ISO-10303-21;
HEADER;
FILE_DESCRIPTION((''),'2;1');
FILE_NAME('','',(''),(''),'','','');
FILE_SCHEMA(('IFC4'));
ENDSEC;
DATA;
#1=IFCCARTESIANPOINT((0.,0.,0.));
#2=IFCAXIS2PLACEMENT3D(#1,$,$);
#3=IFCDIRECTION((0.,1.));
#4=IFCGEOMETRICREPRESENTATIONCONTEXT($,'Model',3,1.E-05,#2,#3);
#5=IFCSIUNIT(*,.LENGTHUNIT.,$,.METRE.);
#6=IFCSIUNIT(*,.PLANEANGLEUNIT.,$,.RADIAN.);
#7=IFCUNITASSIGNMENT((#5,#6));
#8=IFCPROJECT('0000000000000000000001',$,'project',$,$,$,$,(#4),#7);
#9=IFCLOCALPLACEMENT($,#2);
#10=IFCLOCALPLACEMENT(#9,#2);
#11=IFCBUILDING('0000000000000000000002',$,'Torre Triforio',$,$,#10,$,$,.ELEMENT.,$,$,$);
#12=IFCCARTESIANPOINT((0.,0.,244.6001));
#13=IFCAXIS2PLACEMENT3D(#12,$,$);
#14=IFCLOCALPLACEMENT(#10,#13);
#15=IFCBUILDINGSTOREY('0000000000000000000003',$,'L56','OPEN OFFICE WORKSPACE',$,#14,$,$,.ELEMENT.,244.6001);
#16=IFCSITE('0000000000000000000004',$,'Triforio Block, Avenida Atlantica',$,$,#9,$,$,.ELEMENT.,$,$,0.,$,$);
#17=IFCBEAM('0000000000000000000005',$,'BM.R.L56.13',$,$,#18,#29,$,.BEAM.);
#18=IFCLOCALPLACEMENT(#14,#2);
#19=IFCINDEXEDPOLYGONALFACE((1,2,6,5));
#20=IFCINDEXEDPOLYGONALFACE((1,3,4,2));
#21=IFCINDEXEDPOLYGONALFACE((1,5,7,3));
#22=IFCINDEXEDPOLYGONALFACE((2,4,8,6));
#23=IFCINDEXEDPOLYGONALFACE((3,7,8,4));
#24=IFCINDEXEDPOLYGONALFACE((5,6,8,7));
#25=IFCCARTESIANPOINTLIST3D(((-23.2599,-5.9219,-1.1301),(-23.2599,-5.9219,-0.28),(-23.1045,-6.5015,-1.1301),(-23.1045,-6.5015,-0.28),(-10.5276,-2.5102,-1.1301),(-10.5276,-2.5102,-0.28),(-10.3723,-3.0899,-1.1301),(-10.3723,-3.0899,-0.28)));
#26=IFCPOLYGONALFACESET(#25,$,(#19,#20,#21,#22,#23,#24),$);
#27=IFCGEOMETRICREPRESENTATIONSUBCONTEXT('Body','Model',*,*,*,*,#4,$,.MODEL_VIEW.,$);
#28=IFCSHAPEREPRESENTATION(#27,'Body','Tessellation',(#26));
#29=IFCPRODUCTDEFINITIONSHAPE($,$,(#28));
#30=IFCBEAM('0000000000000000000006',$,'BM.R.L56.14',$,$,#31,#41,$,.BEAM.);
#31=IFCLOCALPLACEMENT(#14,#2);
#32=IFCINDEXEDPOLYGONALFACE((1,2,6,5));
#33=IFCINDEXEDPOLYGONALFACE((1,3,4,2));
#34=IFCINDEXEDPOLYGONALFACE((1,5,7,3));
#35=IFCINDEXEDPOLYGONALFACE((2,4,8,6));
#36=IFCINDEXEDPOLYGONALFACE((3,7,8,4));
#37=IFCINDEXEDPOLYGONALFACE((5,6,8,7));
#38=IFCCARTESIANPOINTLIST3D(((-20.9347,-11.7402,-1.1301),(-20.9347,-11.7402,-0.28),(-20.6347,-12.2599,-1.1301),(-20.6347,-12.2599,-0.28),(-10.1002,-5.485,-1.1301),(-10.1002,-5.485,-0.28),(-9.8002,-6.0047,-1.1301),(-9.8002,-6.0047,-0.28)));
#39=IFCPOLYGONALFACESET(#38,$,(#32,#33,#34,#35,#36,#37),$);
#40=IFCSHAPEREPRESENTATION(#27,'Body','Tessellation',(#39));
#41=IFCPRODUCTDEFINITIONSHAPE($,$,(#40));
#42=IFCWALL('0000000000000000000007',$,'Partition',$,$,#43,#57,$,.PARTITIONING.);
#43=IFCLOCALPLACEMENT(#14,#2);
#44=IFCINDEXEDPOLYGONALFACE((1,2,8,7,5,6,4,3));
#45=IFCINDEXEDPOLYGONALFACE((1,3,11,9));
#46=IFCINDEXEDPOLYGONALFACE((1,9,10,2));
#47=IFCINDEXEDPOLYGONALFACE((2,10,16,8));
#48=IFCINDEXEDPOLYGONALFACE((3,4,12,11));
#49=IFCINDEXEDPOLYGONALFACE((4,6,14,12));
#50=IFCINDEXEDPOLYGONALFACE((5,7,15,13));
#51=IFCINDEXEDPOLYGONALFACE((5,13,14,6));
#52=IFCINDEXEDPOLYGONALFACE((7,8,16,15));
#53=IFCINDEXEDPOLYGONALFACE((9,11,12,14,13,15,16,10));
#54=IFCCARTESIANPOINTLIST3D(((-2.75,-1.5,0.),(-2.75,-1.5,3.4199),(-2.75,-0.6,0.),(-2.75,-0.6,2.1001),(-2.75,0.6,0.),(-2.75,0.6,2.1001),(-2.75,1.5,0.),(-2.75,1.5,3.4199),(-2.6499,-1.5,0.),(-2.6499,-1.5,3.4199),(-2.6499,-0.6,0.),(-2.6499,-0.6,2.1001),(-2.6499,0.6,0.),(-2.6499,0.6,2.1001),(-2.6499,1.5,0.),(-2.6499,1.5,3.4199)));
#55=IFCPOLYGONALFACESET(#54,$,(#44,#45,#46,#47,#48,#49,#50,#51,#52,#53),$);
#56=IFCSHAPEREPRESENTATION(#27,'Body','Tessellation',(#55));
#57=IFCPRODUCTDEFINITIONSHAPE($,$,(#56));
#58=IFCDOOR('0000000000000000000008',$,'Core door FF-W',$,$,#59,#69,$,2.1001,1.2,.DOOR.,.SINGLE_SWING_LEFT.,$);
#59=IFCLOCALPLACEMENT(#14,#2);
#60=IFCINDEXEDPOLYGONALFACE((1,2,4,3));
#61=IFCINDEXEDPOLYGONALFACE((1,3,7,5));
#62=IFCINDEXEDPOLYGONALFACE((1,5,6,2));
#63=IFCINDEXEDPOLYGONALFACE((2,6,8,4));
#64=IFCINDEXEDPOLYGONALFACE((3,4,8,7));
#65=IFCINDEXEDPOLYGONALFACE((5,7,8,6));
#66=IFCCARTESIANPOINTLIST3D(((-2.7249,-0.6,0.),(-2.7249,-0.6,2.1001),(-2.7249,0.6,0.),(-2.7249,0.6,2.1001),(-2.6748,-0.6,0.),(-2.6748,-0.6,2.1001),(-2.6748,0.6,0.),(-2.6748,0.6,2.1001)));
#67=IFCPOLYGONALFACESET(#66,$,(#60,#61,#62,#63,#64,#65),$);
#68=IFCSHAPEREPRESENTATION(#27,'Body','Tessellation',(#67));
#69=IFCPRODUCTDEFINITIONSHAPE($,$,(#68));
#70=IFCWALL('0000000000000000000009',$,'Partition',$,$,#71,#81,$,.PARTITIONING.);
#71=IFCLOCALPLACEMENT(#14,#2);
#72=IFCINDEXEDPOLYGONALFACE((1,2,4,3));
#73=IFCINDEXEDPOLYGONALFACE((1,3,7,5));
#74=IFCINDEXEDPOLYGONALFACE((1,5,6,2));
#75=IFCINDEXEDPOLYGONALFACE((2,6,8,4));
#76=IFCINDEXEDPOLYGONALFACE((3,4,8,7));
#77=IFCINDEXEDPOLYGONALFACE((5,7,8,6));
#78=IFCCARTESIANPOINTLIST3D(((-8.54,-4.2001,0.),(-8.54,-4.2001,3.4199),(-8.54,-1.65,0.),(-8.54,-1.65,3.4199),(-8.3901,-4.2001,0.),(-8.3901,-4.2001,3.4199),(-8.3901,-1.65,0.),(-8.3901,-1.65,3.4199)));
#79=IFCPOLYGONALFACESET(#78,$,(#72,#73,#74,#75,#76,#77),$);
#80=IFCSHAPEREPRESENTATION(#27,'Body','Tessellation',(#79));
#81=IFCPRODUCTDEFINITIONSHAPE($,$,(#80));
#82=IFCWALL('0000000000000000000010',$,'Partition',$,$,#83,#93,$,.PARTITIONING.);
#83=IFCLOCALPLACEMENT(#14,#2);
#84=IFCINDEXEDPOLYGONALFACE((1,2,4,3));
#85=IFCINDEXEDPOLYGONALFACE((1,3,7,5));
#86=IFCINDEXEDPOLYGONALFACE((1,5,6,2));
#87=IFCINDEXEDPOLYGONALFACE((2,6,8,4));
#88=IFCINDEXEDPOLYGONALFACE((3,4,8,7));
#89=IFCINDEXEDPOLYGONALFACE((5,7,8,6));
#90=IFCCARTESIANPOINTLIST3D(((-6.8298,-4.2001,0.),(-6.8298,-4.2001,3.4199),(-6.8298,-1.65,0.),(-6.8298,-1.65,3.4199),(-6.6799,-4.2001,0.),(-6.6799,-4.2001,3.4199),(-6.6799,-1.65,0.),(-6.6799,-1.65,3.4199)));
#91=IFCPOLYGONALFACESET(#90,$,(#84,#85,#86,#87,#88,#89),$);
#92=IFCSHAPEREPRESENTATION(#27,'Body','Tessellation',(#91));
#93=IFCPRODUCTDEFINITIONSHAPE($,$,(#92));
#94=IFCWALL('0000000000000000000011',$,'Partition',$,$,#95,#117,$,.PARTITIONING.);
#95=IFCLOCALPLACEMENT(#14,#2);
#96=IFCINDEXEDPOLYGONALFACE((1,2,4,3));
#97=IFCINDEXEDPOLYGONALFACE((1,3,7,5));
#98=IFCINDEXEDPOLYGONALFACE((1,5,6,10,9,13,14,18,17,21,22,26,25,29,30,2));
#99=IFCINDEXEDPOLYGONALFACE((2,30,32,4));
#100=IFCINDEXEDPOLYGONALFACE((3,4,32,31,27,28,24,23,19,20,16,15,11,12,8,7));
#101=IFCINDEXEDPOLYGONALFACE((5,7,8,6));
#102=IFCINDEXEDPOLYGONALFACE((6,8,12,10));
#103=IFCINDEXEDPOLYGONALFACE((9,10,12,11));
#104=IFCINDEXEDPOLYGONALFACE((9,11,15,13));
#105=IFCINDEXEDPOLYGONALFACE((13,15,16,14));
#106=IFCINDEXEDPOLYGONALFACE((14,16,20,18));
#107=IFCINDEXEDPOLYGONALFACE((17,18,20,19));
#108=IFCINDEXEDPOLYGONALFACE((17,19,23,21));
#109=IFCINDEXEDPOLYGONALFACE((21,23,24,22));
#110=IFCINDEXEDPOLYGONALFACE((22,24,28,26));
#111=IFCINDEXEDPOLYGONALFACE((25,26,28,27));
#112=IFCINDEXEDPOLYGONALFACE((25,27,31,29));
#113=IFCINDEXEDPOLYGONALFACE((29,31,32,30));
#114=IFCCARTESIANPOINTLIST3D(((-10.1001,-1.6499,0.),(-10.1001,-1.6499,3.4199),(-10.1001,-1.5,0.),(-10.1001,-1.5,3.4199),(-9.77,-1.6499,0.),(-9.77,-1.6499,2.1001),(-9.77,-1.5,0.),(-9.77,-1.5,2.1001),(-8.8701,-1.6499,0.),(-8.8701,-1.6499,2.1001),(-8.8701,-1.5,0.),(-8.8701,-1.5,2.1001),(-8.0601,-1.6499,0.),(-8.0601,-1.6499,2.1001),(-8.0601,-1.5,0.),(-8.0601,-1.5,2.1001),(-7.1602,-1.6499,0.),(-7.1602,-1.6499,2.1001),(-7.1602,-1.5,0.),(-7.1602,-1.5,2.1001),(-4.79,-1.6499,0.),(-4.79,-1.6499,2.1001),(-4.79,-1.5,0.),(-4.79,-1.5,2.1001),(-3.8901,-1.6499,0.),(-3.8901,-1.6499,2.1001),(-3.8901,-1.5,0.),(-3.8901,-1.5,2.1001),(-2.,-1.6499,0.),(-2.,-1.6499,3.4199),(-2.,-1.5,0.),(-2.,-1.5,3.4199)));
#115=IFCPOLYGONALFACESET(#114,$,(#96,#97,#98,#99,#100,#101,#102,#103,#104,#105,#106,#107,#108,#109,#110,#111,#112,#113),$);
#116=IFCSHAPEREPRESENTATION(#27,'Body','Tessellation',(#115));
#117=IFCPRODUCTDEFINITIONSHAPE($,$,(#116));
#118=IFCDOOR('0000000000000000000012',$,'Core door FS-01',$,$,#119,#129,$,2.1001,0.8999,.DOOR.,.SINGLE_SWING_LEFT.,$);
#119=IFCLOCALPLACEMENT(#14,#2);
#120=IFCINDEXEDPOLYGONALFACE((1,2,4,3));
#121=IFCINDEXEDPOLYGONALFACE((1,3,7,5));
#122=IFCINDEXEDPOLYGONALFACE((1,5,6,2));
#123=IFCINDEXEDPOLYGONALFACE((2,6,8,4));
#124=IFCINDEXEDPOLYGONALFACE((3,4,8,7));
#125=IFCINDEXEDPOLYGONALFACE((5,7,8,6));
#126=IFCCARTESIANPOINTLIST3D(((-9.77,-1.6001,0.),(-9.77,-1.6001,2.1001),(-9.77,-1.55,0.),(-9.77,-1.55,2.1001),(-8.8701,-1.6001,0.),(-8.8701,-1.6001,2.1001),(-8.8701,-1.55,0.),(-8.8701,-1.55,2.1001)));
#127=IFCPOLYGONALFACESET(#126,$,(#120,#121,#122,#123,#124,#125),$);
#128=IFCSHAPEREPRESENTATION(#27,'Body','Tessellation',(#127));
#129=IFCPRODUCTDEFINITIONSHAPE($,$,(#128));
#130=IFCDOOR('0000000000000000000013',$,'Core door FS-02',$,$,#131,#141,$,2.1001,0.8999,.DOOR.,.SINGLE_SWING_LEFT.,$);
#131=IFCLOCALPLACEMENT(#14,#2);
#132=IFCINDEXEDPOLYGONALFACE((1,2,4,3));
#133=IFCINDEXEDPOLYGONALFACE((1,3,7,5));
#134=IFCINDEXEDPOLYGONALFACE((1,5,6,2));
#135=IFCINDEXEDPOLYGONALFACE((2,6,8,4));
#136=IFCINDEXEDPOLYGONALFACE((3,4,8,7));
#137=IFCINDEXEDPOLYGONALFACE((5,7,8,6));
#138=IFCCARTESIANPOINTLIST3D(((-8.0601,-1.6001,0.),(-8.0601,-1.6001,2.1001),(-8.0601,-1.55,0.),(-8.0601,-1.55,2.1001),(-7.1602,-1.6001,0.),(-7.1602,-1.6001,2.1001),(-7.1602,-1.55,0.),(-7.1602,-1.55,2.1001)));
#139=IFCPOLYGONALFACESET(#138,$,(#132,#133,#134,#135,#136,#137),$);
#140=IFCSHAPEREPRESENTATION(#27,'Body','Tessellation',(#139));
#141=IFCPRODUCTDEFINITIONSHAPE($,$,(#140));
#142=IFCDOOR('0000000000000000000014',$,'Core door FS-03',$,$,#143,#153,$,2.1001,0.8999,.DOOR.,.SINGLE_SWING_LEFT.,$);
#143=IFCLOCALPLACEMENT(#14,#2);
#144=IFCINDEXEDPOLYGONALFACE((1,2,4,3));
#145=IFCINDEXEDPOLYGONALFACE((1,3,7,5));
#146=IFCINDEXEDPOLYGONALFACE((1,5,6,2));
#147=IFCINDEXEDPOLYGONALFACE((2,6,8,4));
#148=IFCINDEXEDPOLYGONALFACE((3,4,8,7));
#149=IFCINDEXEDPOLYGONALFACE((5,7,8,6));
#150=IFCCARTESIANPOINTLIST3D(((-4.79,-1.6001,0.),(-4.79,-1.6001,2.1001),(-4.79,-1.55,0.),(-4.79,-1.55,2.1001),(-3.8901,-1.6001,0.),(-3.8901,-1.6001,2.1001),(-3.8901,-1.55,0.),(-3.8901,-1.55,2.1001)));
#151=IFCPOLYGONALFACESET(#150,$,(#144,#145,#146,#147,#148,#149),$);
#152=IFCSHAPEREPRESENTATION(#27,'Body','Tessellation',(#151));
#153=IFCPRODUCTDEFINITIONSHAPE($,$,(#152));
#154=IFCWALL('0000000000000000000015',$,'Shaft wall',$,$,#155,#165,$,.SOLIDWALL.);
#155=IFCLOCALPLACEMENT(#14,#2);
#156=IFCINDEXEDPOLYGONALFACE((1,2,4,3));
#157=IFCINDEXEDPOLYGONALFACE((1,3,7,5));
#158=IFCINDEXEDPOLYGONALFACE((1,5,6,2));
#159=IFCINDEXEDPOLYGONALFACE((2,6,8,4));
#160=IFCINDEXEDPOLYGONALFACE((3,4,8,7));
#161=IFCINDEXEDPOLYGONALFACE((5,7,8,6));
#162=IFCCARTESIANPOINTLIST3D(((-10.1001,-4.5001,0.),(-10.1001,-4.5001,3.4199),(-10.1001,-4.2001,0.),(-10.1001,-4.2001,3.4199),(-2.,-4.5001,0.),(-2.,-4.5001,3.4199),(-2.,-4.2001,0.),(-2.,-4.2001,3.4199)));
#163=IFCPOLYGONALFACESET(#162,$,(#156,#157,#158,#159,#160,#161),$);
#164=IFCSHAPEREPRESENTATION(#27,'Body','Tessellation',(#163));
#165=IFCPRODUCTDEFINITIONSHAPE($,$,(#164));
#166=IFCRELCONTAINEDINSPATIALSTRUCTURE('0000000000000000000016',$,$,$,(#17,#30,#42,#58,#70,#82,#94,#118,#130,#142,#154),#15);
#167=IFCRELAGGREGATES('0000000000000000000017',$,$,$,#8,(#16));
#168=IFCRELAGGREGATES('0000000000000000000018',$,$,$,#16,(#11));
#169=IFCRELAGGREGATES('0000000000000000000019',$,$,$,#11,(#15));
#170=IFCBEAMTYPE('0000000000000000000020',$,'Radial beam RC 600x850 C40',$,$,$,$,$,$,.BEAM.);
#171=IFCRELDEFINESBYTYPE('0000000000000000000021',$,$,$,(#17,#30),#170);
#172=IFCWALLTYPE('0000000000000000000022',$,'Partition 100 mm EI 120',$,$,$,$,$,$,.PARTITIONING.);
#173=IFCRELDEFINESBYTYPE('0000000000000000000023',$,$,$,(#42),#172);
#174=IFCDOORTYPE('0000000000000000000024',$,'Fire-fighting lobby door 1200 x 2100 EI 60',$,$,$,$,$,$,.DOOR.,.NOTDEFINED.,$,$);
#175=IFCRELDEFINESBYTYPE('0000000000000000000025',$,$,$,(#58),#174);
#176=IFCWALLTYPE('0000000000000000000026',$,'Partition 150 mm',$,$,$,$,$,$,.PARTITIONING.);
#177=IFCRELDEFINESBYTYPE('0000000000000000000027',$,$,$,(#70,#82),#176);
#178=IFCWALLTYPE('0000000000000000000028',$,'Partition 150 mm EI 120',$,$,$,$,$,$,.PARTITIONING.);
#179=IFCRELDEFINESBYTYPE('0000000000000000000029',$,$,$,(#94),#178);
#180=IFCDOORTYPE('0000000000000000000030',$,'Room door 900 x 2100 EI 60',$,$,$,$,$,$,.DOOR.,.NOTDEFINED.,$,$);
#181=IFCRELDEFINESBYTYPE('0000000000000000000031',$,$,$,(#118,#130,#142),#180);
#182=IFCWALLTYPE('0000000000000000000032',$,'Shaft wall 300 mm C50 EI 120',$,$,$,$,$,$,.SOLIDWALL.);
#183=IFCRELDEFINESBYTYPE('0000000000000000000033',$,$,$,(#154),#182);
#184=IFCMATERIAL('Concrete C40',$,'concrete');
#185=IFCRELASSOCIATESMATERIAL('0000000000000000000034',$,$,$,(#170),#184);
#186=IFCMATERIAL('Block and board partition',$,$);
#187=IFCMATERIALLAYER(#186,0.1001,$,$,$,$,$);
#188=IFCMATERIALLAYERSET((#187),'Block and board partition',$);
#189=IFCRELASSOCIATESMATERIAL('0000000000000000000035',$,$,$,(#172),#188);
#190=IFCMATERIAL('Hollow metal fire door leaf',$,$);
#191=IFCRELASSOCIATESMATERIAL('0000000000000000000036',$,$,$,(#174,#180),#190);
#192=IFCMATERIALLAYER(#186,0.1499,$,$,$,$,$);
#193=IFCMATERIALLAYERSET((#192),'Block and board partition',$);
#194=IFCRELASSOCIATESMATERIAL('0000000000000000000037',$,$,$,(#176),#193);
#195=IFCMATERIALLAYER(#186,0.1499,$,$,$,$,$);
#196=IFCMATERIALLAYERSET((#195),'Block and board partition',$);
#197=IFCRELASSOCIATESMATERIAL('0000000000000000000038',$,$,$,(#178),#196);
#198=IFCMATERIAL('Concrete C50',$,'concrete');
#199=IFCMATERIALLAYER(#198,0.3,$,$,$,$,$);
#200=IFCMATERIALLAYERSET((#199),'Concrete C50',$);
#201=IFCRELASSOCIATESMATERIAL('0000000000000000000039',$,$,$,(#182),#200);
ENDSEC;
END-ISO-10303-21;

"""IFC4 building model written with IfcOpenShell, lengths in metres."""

from ifc_helpers import new_model, si_unit, direction, frame, frame_2d, origin, origin_2d, place, context, subcontext, project, spatial, rectangle, extrude, material, layer, layer_set, material_profile, profile_set, type_object, element, fill, save


model = new_model("IFC4")

# Units and contexts
model_context = context("Model", 3, precision=1e-05, world=origin(), true_north=direction((0.0, 1.0)))
body_context = subcontext(model_context, "Body", "Model", "MODEL_VIEW")
ifc_project = project(units=[si_unit("LENGTHUNIT", "METRE"), si_unit("PLANEANGLEUNIT", "RADIAN")], contexts=[model_context])

# Site, building, storey
site_placement = place(None, origin())
site = spatial("IfcSite", under=ifc_project, at=site_placement, Name="Triforio Block, Avenida Atlantica", CompositionType="ELEMENT", RefElevation=0.0)
building_placement = place(site_placement, origin())
building = spatial("IfcBuilding", under=site, at=building_placement, Name="Torre Triforio", CompositionType="ELEMENT")
storey_placement = place(building_placement, frame((0.0, 0.0, 244.6001)))
storey = spatial("IfcBuildingStorey", under=building, at=storey_placement, Name="L56", Description="OPEN OFFICE WORKSPACE", CompositionType="ELEMENT", Elevation=244.6001)

# Beams
ifc_material_1 = material(Name="Concrete C40", Category="concrete")
ifc_material_profile = material_profile(ifc_material_1, rectangle(XDim=0.6001, YDim=0.8501, at=origin_2d()), Name="RC 600x850")
ifc_profile_set = profile_set([ifc_material_profile], Name="Concrete C40")
beam_type = type_object("IfcBeamType", Name="Radial beam RC 600x850 C40", PredefinedType="BEAM", material=ifc_profile_set)
beam_1_placement = place(storey_placement, frame((-10.45, -2.8, -0.7051), z_axis=(-0.965925, -0.258822, 0.0), x_axis=(0.258822, -0.965925, 0.0)))
element("IfcBeam", 1, at=beam_1_placement, inside=storey, type_object=beam_type, Name="BM.R.L56.13", PredefinedType="BEAM", context=body_context, shape_type="SweptSolid", body=[
    extrude(rectangle(XDim=0.6001, YDim=0.8501, at=origin_2d()), origin(), (0.0, 0.0, 1.0), 13.1814),
])
beam_2_placement = place(storey_placement, frame((-9.9502, -5.7449, -0.7051), z_axis=(-0.866031, -0.49999, 0.0), x_axis=(0.49999, -0.866031, 0.0)))
element("IfcBeam", 2, at=beam_2_placement, inside=storey, type_object=beam_type, Name="BM.R.L56.14", PredefinedType="BEAM", context=body_context, shape_type="SweptSolid", body=[
    extrude(rectangle(XDim=0.6001, YDim=0.8501, at=origin_2d()), origin(), (0.0, 0.0, 1.0), 12.5105),
])

# Wall, opening, door
ifc_material_2 = material(Name="Block and board partition")
ifc_layer_1 = layer(ifc_material_2, 0.1001)
ifc_layer_set_1 = layer_set([ifc_layer_1], Name="Block and board partition")
wall_type_1 = type_object("IfcWallType", Name="Partition 100 mm EI 120", PredefinedType="PARTITIONING", material=ifc_layer_set_1)
wall_1_placement = place(storey_placement, frame((-2.7, -1.5, 0.0), z_axis=(0.0, 0.0, 1.0), x_axis=(0.0, 1.0, 0.0)))
wall_1 = element("IfcWall", 3, at=wall_1_placement, inside=storey, type_object=wall_type_1, Name="Partition", PredefinedType="PARTITIONING", context=body_context, shape_type="SweptSolid", body=[
    extrude(rectangle(XDim=3.0, YDim=0.1001, at=frame_2d((1.5, 0.0))), origin(), (0.0, 0.0, 1.0), 3.4199),
])
opening_1_placement = place(wall_1_placement, frame((0.8999, 0.0, 0.0)))
opening_1 = element("IfcOpeningElement", 4, at=opening_1_placement, cuts=wall_1, PredefinedType="OPENING", context=body_context, shape_type="SweptSolid", body=[
    extrude(rectangle(XDim=1.2, YDim=2.1001, at=frame_2d((0.6001, 1.05))), frame((0.0, 0.0601, 0.0), z_axis=(0.0, -1.0, 0.0), x_axis=(1.0, 0.0, 0.0)), (0.0, 0.0, 1.0), 0.1201),
])
ifc_material_3 = material(Name="Hollow metal fire door leaf")
door_type_1 = type_object("IfcDoorType", Name="Fire-fighting lobby door 1200 x 2100 EI 60", OperationType="NOTDEFINED", PredefinedType="DOOR", material=ifc_material_3)
door_1_placement = place(opening_1_placement, origin())
door_1 = element("IfcDoor", 5, at=door_1_placement, inside=storey, type_object=door_type_1, Name="Core door FF-W", OperationType="SINGLE_SWING_LEFT", OverallHeight=2.1001, OverallWidth=1.2, PredefinedType="DOOR", context=body_context, shape_type="SweptSolid", body=[
    extrude(rectangle(XDim=1.2, YDim=2.1001, at=frame_2d((0.6001, 1.05))), frame((0.0, 0.0249, 0.0), z_axis=(0.0, -1.0, 0.0), x_axis=(1.0, 0.0, 0.0)), (0.0, 0.0, 1.0), 0.05),
])
fill(opening_1, door_1)

# Walls
ifc_layer_2 = layer(ifc_material_2, 0.1499)
ifc_layer_set_2 = layer_set([ifc_layer_2], Name="Block and board partition")
wall_type_2 = type_object("IfcWallType", Name="Partition 150 mm", PredefinedType="PARTITIONING", material=ifc_layer_set_2)
for number, where, z_axis, x_axis, name in (
    (6, (-8.4651, -4.2, 0.0), (0.0, 0.0, 1.0), (0.0, 1.0, 0.0), "Partition"),
    (7, (-6.7549, -4.2, 0.0), (0.0, 0.0, 1.0), (0.0, 1.0, 0.0), "Partition"),
):
    element("IfcWall", number, at=place(storey_placement, frame(where, z_axis=z_axis, x_axis=x_axis)), inside=storey, type_object=wall_type_2, Name=name, PredefinedType="PARTITIONING", context=body_context, shape_type="SweptSolid", body=[
        extrude(rectangle(XDim=2.55, YDim=0.1499, at=frame_2d((1.2749, 0.0))), origin(), (0.0, 0.0, 1.0), 3.4199),
    ])

# Wall, openings, doors
ifc_layer_3 = layer(ifc_material_2, 0.1499)
ifc_layer_set_3 = layer_set([ifc_layer_3], Name="Block and board partition")
wall_type_3 = type_object("IfcWallType", Name="Partition 150 mm EI 120", PredefinedType="PARTITIONING", material=ifc_layer_set_3)
wall_2_placement = place(storey_placement, frame((-10.1001, -1.575, 0.0), z_axis=(0.0, 0.0, 1.0), x_axis=(1.0, 0.0, 0.0)))
wall_2 = element("IfcWall", 8, at=wall_2_placement, inside=storey, type_object=wall_type_3, Name="Partition", PredefinedType="PARTITIONING", context=body_context, shape_type="SweptSolid", body=[
    extrude(rectangle(XDim=8.1001, YDim=0.1499, at=frame_2d((4.05, 0.0))), origin(), (0.0, 0.0, 1.0), 3.4199),
])
opening_2_placement = place(wall_2_placement, frame((0.3301, 0.0, 0.0)))
opening_2 = element("IfcOpeningElement", 9, at=opening_2_placement, cuts=wall_2, PredefinedType="OPENING", context=body_context, shape_type="SweptSolid", body=[
    extrude(rectangle(XDim=0.8999, YDim=2.1001, at=frame_2d((0.45, 1.05))), frame((0.0, 0.085, 0.0), z_axis=(0.0, -1.0, 0.0), x_axis=(1.0, 0.0, 0.0)), (0.0, 0.0, 1.0), 0.1699),
])
opening_3_placement = place(wall_2_placement, frame((2.04, 0.0, 0.0)))
opening_3 = element("IfcOpeningElement", 10, at=opening_3_placement, cuts=wall_2, PredefinedType="OPENING", context=body_context, shape_type="SweptSolid", body=[
    extrude(rectangle(XDim=0.8999, YDim=2.1001, at=frame_2d((0.45, 1.05))), frame((0.0, 0.085, 0.0), z_axis=(0.0, -1.0, 0.0), x_axis=(1.0, 0.0, 0.0)), (0.0, 0.0, 1.0), 0.1699),
])
opening_4_placement = place(wall_2_placement, frame((5.3101, 0.0, 0.0)))
opening_4 = element("IfcOpeningElement", 11, at=opening_4_placement, cuts=wall_2, PredefinedType="OPENING", context=body_context, shape_type="SweptSolid", body=[
    extrude(rectangle(XDim=0.8999, YDim=2.1001, at=frame_2d((0.45, 1.05))), frame((0.0, 0.085, 0.0), z_axis=(0.0, -1.0, 0.0), x_axis=(1.0, 0.0, 0.0)), (0.0, 0.0, 1.0), 0.1699),
])
door_type_2 = type_object("IfcDoorType", Name="Room door 900 x 2100 EI 60", OperationType="NOTDEFINED", PredefinedType="DOOR", material=ifc_material_3)
door_2_placement = place(opening_2_placement, origin())
door_2 = element("IfcDoor", 12, at=door_2_placement, inside=storey, type_object=door_type_2, Name="Core door FS-01", OperationType="SINGLE_SWING_LEFT", OverallHeight=2.1001, OverallWidth=0.8999, PredefinedType="DOOR", context=body_context, shape_type="SweptSolid", body=[
    extrude(rectangle(XDim=0.8999, YDim=2.1001, at=frame_2d((0.45, 1.05))), frame((0.0, 0.0249, 0.0), z_axis=(0.0, -1.0, 0.0), x_axis=(1.0, 0.0, 0.0)), (0.0, 0.0, 1.0), 0.05),
])
fill(opening_2, door_2)
door_3_placement = place(opening_3_placement, origin())
door_3 = element("IfcDoor", 13, at=door_3_placement, inside=storey, type_object=door_type_2, Name="Core door FS-02", OperationType="SINGLE_SWING_LEFT", OverallHeight=2.1001, OverallWidth=0.8999, PredefinedType="DOOR", context=body_context, shape_type="SweptSolid", body=[
    extrude(rectangle(XDim=0.8999, YDim=2.1001, at=frame_2d((0.45, 1.05))), frame((0.0, 0.0249, 0.0), z_axis=(0.0, -1.0, 0.0), x_axis=(1.0, 0.0, 0.0)), (0.0, 0.0, 1.0), 0.05),
])
fill(opening_3, door_3)
door_4_placement = place(opening_4_placement, origin())
door_4 = element("IfcDoor", 14, at=door_4_placement, inside=storey, type_object=door_type_2, Name="Core door FS-03", OperationType="SINGLE_SWING_LEFT", OverallHeight=2.1001, OverallWidth=0.8999, PredefinedType="DOOR", context=body_context, shape_type="SweptSolid", body=[
    extrude(rectangle(XDim=0.8999, YDim=2.1001, at=frame_2d((0.45, 1.05))), frame((0.0, 0.0249, 0.0), z_axis=(0.0, -1.0, 0.0), x_axis=(1.0, 0.0, 0.0)), (0.0, 0.0, 1.0), 0.05),
])
fill(opening_4, door_4)

# Wall
ifc_material_4 = material(Name="Concrete C50", Category="concrete")
ifc_layer_4 = layer(ifc_material_4, 0.3)
ifc_layer_set_4 = layer_set([ifc_layer_4], Name="Concrete C50")
wall_type_4 = type_object("IfcWallType", Name="Shaft wall 300 mm C50 EI 120", PredefinedType="SOLIDWALL", material=ifc_layer_set_4)
wall_3_placement = place(storey_placement, frame((-10.1001, -4.3501, 0.0), z_axis=(0.0, 0.0, 1.0), x_axis=(1.0, 0.0, 0.0)))
element("IfcWall", 15, at=wall_3_placement, inside=storey, type_object=wall_type_4, Name="Shaft wall", PredefinedType="SOLIDWALL", context=body_context, shape_type="SweptSolid", body=[
    extrude(rectangle(XDim=8.1001, YDim=0.3, at=frame_2d((4.05, 0.0))), origin(), (0.0, 0.0, 1.0), 3.4199),
])

save(model, "model.ifc")
